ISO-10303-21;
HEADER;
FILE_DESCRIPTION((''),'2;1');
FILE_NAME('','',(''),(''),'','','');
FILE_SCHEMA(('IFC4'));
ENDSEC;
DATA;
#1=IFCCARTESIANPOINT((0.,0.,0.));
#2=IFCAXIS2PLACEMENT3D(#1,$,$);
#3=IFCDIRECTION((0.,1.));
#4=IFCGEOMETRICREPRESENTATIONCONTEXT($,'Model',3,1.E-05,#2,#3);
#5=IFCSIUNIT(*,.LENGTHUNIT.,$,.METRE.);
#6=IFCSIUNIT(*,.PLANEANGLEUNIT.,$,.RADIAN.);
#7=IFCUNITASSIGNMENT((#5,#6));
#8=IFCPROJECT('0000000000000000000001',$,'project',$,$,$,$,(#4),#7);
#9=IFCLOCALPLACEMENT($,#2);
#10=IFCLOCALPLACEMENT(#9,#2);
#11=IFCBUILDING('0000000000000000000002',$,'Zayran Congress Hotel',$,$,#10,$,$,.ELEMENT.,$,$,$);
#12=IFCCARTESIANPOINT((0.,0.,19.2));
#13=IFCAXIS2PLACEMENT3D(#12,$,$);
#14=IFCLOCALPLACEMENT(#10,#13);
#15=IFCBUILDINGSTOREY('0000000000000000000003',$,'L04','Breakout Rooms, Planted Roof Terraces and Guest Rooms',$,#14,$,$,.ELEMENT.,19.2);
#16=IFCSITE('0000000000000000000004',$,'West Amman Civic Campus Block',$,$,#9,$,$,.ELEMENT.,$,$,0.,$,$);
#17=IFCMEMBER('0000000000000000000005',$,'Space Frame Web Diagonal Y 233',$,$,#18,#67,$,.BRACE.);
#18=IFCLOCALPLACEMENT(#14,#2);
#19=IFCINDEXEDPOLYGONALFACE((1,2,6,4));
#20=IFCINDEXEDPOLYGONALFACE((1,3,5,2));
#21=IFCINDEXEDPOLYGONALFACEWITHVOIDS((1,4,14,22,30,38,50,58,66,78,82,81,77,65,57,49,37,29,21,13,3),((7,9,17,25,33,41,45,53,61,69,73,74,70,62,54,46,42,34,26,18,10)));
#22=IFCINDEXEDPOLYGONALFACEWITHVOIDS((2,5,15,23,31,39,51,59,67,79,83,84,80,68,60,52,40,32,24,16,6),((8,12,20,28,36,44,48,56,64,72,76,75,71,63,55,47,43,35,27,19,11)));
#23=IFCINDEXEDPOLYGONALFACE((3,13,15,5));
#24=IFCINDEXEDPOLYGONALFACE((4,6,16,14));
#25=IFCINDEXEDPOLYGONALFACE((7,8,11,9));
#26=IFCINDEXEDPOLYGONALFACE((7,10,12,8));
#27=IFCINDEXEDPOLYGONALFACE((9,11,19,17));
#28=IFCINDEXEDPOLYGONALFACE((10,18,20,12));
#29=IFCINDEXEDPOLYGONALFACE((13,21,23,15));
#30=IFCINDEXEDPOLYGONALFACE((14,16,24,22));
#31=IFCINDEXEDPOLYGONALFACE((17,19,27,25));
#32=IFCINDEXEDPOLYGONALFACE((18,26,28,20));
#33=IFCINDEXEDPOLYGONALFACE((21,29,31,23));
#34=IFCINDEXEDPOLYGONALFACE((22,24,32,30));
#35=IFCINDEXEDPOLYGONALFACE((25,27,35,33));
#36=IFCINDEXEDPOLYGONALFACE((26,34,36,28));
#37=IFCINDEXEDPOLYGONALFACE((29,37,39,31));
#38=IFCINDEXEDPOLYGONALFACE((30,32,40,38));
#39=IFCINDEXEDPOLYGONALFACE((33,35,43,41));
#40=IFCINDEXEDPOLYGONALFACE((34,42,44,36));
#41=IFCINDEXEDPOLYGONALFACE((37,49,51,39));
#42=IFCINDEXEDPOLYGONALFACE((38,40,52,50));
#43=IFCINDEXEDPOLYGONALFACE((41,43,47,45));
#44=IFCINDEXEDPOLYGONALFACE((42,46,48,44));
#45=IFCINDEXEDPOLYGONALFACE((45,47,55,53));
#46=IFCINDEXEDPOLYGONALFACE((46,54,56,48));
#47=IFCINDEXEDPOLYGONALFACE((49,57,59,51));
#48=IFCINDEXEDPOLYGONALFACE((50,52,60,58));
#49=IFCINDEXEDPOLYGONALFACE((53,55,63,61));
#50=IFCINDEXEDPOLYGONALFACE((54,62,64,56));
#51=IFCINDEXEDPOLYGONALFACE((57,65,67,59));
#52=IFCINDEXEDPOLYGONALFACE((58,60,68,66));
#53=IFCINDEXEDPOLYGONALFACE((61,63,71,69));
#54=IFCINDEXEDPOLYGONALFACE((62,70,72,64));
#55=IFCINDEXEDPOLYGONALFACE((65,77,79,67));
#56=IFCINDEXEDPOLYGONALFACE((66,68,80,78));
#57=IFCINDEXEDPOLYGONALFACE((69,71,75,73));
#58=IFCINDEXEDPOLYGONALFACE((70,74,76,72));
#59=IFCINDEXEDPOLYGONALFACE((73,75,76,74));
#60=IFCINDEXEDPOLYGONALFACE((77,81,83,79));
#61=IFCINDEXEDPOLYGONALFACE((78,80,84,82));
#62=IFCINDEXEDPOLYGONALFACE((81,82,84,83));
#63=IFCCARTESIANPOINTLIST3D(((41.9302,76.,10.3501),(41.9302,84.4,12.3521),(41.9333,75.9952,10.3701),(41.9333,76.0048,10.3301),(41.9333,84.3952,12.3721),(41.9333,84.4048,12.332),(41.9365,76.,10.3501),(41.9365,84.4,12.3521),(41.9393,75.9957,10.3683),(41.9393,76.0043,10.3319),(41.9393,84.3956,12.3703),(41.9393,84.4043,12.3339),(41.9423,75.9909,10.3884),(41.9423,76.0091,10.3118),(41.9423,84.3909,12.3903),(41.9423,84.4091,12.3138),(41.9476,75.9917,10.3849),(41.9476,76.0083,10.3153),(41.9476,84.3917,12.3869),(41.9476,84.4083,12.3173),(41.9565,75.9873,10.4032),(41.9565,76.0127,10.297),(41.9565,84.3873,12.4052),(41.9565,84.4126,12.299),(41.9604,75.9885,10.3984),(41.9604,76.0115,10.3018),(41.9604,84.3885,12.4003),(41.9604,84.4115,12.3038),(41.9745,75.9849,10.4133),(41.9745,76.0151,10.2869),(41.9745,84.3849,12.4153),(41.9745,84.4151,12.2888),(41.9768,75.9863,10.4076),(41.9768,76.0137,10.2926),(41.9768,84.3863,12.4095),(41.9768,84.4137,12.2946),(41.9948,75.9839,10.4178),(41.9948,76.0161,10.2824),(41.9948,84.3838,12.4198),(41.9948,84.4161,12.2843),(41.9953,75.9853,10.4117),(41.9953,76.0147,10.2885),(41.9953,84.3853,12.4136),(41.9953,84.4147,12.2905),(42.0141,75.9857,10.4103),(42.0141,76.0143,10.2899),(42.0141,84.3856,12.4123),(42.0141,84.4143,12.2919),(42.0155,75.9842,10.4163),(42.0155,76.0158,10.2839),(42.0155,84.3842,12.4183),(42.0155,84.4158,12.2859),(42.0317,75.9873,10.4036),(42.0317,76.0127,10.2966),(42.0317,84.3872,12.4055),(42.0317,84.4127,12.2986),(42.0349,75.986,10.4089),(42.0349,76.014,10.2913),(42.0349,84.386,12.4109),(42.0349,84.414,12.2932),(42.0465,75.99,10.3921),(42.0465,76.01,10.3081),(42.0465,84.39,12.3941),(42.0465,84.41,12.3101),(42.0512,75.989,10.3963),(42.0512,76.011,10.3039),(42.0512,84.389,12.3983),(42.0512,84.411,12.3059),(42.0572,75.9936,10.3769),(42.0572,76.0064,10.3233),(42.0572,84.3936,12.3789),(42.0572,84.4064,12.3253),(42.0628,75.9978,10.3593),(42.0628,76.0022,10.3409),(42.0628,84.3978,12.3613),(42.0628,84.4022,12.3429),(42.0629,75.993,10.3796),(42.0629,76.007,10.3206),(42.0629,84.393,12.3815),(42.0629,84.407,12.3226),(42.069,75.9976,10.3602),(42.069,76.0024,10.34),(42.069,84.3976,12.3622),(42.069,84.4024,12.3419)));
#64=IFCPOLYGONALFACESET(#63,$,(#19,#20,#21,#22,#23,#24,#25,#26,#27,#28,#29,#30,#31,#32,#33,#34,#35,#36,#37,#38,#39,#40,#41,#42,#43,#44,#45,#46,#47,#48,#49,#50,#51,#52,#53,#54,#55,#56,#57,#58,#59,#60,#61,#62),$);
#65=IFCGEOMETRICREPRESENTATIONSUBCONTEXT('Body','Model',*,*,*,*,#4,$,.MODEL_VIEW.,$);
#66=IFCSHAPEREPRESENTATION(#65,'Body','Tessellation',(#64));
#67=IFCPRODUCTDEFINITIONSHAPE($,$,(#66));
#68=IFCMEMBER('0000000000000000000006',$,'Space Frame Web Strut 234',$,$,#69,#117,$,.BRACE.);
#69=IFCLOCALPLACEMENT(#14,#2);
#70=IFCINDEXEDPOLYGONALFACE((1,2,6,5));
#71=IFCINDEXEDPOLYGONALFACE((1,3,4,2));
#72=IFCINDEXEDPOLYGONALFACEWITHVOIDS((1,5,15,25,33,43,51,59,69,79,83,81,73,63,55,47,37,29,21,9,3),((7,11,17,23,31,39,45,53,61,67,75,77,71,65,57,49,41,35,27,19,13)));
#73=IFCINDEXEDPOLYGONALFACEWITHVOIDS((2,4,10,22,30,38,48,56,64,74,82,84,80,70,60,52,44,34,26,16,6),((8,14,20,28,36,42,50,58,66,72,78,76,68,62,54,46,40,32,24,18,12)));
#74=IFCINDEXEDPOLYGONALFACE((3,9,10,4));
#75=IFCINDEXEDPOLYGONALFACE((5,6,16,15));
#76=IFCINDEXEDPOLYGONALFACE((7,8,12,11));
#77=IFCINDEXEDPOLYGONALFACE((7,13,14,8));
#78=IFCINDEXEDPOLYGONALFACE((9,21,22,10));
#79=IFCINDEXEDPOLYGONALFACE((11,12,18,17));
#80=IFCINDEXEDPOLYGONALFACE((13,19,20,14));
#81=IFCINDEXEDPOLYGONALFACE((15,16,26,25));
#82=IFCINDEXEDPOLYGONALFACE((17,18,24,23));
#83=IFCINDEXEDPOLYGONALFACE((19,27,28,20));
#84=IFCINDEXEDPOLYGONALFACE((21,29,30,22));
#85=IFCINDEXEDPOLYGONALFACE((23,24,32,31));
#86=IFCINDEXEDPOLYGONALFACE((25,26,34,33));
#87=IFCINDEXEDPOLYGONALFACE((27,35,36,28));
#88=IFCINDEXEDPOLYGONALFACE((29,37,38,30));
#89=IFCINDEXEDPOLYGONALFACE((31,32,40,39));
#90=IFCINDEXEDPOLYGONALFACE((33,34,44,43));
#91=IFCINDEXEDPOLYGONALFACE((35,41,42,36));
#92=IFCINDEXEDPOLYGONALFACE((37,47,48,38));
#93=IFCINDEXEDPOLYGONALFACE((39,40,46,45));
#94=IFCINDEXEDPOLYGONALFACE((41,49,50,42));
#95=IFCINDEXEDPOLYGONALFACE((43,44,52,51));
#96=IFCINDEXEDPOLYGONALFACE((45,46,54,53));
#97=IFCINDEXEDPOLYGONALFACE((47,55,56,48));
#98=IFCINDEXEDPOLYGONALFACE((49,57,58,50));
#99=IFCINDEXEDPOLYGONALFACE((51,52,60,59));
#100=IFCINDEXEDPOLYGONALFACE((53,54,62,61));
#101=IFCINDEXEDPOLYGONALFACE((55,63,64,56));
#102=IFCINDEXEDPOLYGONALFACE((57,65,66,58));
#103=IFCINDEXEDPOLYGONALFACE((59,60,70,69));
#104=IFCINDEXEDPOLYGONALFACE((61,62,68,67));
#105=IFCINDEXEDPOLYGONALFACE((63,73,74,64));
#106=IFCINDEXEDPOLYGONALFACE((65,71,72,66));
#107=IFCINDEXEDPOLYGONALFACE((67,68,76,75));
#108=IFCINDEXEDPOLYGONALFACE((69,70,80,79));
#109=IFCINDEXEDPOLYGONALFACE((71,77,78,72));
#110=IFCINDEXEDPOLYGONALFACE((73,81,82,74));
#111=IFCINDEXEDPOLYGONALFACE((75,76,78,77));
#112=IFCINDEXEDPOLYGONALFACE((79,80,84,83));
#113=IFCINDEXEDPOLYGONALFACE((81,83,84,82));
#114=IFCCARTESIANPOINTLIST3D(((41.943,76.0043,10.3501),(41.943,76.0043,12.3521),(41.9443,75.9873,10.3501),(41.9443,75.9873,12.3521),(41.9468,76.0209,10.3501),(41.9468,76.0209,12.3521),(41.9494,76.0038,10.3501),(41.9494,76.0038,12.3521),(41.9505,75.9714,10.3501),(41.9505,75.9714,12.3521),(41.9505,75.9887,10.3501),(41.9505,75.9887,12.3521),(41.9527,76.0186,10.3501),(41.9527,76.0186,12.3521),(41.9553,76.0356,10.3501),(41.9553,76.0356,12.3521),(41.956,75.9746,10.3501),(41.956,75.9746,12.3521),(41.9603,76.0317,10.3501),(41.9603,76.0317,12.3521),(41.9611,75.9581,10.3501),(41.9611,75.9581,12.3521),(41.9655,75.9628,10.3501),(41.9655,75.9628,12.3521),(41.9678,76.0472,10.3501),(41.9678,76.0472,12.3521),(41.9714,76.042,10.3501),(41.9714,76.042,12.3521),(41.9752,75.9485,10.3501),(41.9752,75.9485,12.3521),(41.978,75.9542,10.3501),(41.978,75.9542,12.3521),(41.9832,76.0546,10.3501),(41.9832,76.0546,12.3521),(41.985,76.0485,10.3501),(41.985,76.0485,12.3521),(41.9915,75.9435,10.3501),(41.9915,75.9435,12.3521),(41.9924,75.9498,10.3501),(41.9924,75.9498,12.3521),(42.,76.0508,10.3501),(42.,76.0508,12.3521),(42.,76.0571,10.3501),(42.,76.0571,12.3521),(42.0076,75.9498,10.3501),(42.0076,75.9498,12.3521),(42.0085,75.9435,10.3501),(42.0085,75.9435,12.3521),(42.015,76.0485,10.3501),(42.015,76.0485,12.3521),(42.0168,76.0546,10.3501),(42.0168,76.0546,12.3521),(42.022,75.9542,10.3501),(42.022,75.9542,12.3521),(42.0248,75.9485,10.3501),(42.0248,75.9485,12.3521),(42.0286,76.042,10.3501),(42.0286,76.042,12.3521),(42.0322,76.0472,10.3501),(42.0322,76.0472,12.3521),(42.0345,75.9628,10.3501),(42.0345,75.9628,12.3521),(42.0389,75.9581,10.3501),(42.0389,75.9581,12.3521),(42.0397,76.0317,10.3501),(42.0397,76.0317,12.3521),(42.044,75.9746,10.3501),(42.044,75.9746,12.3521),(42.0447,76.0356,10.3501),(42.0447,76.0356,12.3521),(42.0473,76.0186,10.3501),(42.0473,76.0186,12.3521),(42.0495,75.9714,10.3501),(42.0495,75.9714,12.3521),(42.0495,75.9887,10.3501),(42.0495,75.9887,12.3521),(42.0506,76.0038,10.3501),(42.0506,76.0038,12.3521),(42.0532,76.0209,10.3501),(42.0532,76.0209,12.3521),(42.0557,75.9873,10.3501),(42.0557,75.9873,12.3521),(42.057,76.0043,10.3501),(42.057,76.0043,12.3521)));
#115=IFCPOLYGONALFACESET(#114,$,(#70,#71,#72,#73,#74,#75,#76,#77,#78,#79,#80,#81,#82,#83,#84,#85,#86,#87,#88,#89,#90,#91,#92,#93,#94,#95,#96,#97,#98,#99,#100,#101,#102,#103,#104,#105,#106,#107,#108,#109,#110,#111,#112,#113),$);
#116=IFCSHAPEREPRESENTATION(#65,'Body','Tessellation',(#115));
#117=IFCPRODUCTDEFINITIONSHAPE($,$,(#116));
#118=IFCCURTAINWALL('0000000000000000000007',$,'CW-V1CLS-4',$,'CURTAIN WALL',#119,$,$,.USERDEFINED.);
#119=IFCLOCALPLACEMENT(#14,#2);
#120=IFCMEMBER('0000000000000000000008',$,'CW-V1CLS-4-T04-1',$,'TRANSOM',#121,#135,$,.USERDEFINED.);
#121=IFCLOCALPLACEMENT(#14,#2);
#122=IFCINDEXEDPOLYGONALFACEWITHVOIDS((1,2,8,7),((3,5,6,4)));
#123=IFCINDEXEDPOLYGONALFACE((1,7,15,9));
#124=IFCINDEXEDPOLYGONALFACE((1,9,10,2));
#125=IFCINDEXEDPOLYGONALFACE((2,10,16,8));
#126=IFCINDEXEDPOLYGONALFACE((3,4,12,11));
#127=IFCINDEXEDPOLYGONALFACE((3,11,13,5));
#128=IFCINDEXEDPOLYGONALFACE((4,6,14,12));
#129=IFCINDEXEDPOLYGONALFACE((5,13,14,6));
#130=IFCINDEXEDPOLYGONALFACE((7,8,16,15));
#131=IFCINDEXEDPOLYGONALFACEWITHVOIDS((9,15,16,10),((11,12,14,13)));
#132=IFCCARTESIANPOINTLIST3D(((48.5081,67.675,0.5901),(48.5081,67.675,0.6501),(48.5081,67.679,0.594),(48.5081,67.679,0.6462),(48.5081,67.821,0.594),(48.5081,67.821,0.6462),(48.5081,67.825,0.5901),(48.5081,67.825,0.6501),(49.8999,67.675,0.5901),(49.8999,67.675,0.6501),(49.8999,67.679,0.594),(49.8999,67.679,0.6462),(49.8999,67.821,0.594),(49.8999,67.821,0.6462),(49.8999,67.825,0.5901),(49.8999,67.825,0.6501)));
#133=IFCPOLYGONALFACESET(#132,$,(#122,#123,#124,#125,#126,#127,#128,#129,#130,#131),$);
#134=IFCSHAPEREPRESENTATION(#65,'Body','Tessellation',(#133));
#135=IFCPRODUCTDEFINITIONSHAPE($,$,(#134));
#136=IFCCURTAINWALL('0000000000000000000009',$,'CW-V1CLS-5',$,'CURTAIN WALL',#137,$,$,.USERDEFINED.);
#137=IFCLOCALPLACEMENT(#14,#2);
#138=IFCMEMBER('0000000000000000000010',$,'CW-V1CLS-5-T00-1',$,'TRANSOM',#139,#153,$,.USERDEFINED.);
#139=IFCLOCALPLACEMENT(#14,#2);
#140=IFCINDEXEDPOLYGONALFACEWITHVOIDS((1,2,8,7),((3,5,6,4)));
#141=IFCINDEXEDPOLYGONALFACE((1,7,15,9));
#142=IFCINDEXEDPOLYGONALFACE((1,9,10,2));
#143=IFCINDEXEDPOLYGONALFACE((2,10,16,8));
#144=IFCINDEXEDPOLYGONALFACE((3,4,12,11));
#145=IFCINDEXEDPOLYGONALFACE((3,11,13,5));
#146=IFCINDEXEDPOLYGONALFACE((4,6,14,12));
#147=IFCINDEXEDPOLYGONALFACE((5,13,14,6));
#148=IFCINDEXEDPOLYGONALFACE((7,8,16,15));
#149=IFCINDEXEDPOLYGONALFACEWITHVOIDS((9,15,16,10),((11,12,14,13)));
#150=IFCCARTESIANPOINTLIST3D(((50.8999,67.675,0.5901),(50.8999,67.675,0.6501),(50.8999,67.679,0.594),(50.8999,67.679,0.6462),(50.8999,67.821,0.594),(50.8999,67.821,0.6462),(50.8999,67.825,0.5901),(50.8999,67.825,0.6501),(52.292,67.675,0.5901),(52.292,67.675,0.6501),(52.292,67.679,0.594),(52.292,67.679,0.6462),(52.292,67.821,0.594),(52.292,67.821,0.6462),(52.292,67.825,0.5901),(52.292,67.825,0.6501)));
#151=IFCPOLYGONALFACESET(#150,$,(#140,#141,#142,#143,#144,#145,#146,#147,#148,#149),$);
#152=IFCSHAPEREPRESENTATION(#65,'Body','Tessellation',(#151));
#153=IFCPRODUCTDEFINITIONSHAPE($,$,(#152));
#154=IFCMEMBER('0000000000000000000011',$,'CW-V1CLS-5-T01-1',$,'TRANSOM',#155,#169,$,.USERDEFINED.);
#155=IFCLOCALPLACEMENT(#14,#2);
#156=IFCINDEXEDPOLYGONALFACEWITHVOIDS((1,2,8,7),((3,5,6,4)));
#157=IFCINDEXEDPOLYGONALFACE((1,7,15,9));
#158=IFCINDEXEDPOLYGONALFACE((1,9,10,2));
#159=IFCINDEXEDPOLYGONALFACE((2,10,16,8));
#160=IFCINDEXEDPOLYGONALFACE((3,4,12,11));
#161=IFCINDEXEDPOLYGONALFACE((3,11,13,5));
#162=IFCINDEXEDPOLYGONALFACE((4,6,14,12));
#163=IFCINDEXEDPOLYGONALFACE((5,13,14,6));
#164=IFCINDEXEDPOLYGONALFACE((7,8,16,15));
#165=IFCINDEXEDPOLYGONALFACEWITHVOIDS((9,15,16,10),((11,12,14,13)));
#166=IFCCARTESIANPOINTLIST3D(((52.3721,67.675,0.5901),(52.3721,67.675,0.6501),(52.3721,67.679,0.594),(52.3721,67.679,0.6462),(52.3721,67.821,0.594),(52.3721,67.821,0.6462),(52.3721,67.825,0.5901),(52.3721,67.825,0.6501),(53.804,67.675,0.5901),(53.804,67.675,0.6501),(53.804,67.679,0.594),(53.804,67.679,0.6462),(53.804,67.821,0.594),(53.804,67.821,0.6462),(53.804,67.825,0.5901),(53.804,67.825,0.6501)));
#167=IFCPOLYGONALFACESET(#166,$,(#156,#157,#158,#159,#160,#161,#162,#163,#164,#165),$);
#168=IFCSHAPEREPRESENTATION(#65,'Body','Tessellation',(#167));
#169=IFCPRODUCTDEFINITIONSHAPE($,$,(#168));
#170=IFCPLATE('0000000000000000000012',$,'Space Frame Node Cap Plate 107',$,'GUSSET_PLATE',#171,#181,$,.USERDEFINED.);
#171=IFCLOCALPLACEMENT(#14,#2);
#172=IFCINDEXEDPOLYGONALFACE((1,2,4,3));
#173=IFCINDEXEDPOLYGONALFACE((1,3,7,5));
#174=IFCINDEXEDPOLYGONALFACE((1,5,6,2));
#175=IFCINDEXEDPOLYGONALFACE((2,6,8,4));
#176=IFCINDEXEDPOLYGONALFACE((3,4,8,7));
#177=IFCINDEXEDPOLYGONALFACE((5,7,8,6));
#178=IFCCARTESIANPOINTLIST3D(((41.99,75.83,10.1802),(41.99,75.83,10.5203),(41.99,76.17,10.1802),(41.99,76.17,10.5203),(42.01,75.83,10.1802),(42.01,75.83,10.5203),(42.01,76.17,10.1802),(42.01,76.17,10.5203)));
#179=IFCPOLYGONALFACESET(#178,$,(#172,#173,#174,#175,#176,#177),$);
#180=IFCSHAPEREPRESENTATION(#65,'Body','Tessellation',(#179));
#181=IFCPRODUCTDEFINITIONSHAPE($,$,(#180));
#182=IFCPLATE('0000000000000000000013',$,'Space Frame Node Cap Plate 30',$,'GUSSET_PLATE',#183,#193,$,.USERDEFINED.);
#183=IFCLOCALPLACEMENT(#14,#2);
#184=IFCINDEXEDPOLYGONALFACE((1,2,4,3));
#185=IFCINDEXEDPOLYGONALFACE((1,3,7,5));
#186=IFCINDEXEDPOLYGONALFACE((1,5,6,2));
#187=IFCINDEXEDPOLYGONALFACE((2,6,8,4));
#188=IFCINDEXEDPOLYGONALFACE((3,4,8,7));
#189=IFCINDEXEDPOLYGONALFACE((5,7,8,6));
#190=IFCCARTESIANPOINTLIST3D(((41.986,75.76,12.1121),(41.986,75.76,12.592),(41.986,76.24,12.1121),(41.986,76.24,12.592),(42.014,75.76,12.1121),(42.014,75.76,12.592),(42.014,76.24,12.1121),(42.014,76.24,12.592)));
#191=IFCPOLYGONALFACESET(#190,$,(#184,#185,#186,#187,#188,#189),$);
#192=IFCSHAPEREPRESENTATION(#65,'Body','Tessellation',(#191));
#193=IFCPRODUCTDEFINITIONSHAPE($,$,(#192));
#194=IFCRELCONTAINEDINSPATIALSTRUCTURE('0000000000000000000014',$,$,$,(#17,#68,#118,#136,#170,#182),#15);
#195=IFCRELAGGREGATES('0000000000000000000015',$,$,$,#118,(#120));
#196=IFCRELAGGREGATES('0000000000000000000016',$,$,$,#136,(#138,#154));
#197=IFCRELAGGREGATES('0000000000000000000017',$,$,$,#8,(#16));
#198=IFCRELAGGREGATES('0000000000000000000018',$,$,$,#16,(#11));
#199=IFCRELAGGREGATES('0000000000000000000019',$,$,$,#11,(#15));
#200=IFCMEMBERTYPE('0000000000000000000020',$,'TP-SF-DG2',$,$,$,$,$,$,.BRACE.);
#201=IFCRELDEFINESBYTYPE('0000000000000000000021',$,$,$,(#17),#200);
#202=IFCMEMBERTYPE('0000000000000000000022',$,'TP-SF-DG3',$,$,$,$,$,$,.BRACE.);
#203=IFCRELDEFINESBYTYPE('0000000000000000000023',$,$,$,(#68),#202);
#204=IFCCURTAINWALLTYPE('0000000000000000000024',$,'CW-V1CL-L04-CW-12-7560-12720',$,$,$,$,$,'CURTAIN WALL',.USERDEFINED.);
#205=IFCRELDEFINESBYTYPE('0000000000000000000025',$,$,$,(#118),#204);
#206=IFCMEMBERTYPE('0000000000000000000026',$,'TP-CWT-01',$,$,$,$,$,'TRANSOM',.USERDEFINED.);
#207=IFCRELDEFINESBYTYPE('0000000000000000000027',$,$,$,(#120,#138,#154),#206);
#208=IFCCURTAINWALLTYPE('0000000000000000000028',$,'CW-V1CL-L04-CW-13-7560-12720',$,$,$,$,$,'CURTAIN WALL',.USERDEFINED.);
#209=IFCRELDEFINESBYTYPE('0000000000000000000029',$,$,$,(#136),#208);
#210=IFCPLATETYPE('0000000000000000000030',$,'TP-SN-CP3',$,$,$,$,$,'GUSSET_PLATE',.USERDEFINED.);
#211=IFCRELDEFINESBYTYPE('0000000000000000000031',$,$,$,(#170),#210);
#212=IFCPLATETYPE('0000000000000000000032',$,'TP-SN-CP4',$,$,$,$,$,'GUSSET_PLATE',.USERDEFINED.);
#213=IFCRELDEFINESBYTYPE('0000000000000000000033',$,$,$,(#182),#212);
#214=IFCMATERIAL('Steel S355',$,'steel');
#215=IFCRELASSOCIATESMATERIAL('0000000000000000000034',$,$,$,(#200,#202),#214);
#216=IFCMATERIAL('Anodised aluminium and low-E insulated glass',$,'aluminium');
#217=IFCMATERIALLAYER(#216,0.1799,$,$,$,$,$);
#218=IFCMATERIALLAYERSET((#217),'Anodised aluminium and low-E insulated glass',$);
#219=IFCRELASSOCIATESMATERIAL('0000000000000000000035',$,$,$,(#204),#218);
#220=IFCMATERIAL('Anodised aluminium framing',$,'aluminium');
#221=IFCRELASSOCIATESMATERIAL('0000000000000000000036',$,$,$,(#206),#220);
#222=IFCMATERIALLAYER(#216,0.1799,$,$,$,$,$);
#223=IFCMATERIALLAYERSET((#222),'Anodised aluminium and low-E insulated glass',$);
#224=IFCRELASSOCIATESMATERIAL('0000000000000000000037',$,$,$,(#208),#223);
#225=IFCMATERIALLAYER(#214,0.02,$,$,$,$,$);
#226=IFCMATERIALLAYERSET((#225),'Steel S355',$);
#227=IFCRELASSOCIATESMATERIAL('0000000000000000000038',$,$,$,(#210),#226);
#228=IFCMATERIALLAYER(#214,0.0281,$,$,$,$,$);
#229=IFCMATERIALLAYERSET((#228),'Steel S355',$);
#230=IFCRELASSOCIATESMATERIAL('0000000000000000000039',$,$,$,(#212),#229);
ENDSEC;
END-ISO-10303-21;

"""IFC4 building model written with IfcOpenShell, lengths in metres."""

from ifc_helpers import new_model, si_unit, direction, frame, origin, origin_2d, place, context, subcontext, project, spatial, rectangle, hollow_rectangle, hollow_circle, extrude, material, layer, layer_set, material_profile, profile_set, type_object, element, aggregate, save


model = new_model("IFC4")

# Units and contexts
model_context = context("Model", 3, precision=1e-05, world=origin(), true_north=direction((0.0, 1.0)))
body_context = subcontext(model_context, "Body", "Model", "MODEL_VIEW")
ifc_project = project(units=[si_unit("LENGTHUNIT", "METRE"), si_unit("PLANEANGLEUNIT", "RADIAN")], contexts=[model_context])

# Site, building, storey
site_placement = place(None, origin())
site = spatial("IfcSite", under=ifc_project, at=site_placement, Name="West Amman Civic Campus Block", CompositionType="ELEMENT", RefElevation=0.0)
building_placement = place(site_placement, origin())
building = spatial("IfcBuilding", under=site, at=building_placement, Name="Zayran Congress Hotel", CompositionType="ELEMENT")
storey_placement = place(building_placement, frame((0.0, 0.0, 19.2)))
storey = spatial("IfcBuildingStorey", under=building, at=storey_placement, Name="L04", Description="Breakout Rooms, Planted Roof Terraces and Guest Rooms", CompositionType="ELEMENT", Elevation=19.2)

# Members
ifc_material_1 = material(Name="Steel S355", Category="steel")
ifc_material_profile_1 = material_profile(ifc_material_1, hollow_circle(Radius=0.0698, WallThickness=0.0063, at=origin_2d()), Name="CHS 139.7x6.3")
ifc_profile_set_1 = profile_set([ifc_material_profile_1], Name="Steel S355")
member_type_1 = type_object("IfcMemberType", Name="TP-SF-DG2", PredefinedType="BRACE", material=ifc_profile_set_1)
member_1_placement = place(storey_placement, frame((42.0, 76.0, 10.3501), z_axis=(0.0, 0.972755, 0.231837), x_axis=(-1.0, 0.0, 0.0)))
element("IfcMember", 1, at=member_1_placement, inside=storey, type_object=member_type_1, Name="Space Frame Web Diagonal Y 233", PredefinedType="BRACE", context=body_context, shape_type="SweptSolid", body=[
    extrude(hollow_circle(Radius=0.0698, WallThickness=0.0063, at=origin_2d()), origin(), (0.0, 0.0, 1.0), 8.6353),
])
ifc_material_profile_2 = material_profile(ifc_material_1, hollow_circle(Radius=0.0571, WallThickness=0.0063, at=origin_2d()), Name="CHS 114.3x6.3")
ifc_profile_set_2 = profile_set([ifc_material_profile_2], Name="Steel S355")
member_type_2 = type_object("IfcMemberType", Name="TP-SF-DG3", PredefinedType="BRACE", material=ifc_profile_set_2)
member_2_placement = place(storey_placement, frame((42.0, 76.0, 10.3501), z_axis=(0.0, 0.0, 1.0), x_axis=(0.0, 1.0, 0.0)))
element("IfcMember", 2, at=member_2_placement, inside=storey, type_object=member_type_2, Name="Space Frame Web Strut 234", PredefinedType="BRACE", context=body_context, shape_type="SweptSolid", body=[
    extrude(hollow_circle(Radius=0.0571, WallThickness=0.0063, at=origin_2d()), origin(), (0.0, 0.0, 1.0), 2.002),
])

# Curtain wall, member
ifc_material_2 = material(Name="Anodised aluminium and low-E insulated glass", Category="aluminium")
ifc_layer_1 = layer(ifc_material_2, 0.1799)
ifc_layer_set_1 = layer_set([ifc_layer_1], Name="Anodised aluminium and low-E insulated glass")
curtain_wall_type_1 = type_object("IfcCurtainWallType", Name="CW-V1CL-L04-CW-12-7560-12720", ElementType="CURTAIN WALL", PredefinedType="USERDEFINED", material=ifc_layer_set_1)
curtain_wall_1_placement = place(storey_placement, origin())
curtain_wall_1 = element("IfcCurtainWall", 3, at=curtain_wall_1_placement, inside=storey, type_object=curtain_wall_type_1, Name="CW-V1CLS-4", ObjectType="CURTAIN WALL", PredefinedType="USERDEFINED")
ifc_material_3 = material(Name="Anodised aluminium framing", Category="aluminium")
ifc_material_profile_3 = material_profile(ifc_material_3, hollow_rectangle(XDim=0.0601, YDim=0.1499, WallThickness=0.0039, at=origin_2d()), Name="RHS 150x60x4")
ifc_profile_set_3 = profile_set([ifc_material_profile_3], Name="Anodised aluminium framing")
member_type_3 = type_object("IfcMemberType", Name="TP-CWT-01", ElementType="TRANSOM", PredefinedType="USERDEFINED", material=ifc_profile_set_3)
member_3_placement = place(storey_placement, frame((48.5081, 67.75, 0.6201), z_axis=(1.0, 0.0, 0.0), x_axis=(0.0, 0.0, 1.0)))
member_3 = element("IfcMember", 4, at=member_3_placement, type_object=member_type_3, Name="CW-V1CLS-4-T04-1", ObjectType="TRANSOM", PredefinedType="USERDEFINED", context=body_context, shape_type="SweptSolid", body=[
    extrude(hollow_rectangle(XDim=0.0601, YDim=0.1499, WallThickness=0.0039, at=origin_2d()), origin(), (0.0, 0.0, 1.0), 1.3918),
])

# Curtain wall, members
ifc_layer_2 = layer(ifc_material_2, 0.1799)
ifc_layer_set_2 = layer_set([ifc_layer_2], Name="Anodised aluminium and low-E insulated glass")
curtain_wall_type_2 = type_object("IfcCurtainWallType", Name="CW-V1CL-L04-CW-13-7560-12720", ElementType="CURTAIN WALL", PredefinedType="USERDEFINED", material=ifc_layer_set_2)
curtain_wall_2_placement = place(storey_placement, origin())
curtain_wall_2 = element("IfcCurtainWall", 5, at=curtain_wall_2_placement, inside=storey, type_object=curtain_wall_type_2, Name="CW-V1CLS-5", ObjectType="CURTAIN WALL", PredefinedType="USERDEFINED")
member_4_placement = place(storey_placement, frame((50.8999, 67.75, 0.6201), z_axis=(1.0, 0.0, 0.0), x_axis=(0.0, 0.0, 1.0)))
member_4 = element("IfcMember", 6, at=member_4_placement, type_object=member_type_3, Name="CW-V1CLS-5-T00-1", ObjectType="TRANSOM", PredefinedType="USERDEFINED", context=body_context, shape_type="SweptSolid", body=[
    extrude(hollow_rectangle(XDim=0.0601, YDim=0.1499, WallThickness=0.0039, at=origin_2d()), origin(), (0.0, 0.0, 1.0), 1.3921),
])
member_5_placement = place(storey_placement, frame((52.3721, 67.75, 0.6201), z_axis=(1.0, 0.0, 0.0), x_axis=(0.0, 0.0, 1.0)))
member_5 = element("IfcMember", 7, at=member_5_placement, type_object=member_type_3, Name="CW-V1CLS-5-T01-1", ObjectType="TRANSOM", PredefinedType="USERDEFINED", context=body_context, shape_type="SweptSolid", body=[
    extrude(hollow_rectangle(XDim=0.0601, YDim=0.1499, WallThickness=0.0039, at=origin_2d()), origin(), (0.0, 0.0, 1.0), 1.4319),
])

# Plates
ifc_layer_3 = layer(ifc_material_1, 0.02)
ifc_layer_set_3 = layer_set([ifc_layer_3], Name="Steel S355")
plate_type_1 = type_object("IfcPlateType", Name="TP-SN-CP3", ElementType="GUSSET_PLATE", PredefinedType="USERDEFINED", material=ifc_layer_set_3)
plate_1_placement = place(storey_placement, frame((42.0, 76.0, 10.1802), z_axis=(0.0, 0.0, 1.0), x_axis=(0.0, 1.0, 0.0)))
element("IfcPlate", 8, at=plate_1_placement, inside=storey, type_object=plate_type_1, Name="Space Frame Node Cap Plate 107", ObjectType="GUSSET_PLATE", PredefinedType="USERDEFINED", context=body_context, shape_type="SweptSolid", body=[
    extrude(rectangle(XDim=0.3401, YDim=0.02, at=origin_2d()), origin(), (0.0, 0.0, 1.0), 0.3401),
])
ifc_layer_4 = layer(ifc_material_1, 0.0281)
ifc_layer_set_4 = layer_set([ifc_layer_4], Name="Steel S355")
plate_type_2 = type_object("IfcPlateType", Name="TP-SN-CP4", ElementType="GUSSET_PLATE", PredefinedType="USERDEFINED", material=ifc_layer_set_4)
plate_2_placement = place(storey_placement, frame((42.0, 76.0, 12.1121), z_axis=(0.0, 0.0, 1.0), x_axis=(0.0, 1.0, 0.0)))
element("IfcPlate", 9, at=plate_2_placement, inside=storey, type_object=plate_type_2, Name="Space Frame Node Cap Plate 30", ObjectType="GUSSET_PLATE", PredefinedType="USERDEFINED", context=body_context, shape_type="SweptSolid", body=[
    extrude(rectangle(XDim=0.48, YDim=0.0281, at=origin_2d()), origin(), (0.0, 0.0, 1.0), 0.48),
])

aggregate(curtain_wall_1, [member_3])
aggregate(curtain_wall_2, [member_4, member_5])

save(model, "model.ifc")
